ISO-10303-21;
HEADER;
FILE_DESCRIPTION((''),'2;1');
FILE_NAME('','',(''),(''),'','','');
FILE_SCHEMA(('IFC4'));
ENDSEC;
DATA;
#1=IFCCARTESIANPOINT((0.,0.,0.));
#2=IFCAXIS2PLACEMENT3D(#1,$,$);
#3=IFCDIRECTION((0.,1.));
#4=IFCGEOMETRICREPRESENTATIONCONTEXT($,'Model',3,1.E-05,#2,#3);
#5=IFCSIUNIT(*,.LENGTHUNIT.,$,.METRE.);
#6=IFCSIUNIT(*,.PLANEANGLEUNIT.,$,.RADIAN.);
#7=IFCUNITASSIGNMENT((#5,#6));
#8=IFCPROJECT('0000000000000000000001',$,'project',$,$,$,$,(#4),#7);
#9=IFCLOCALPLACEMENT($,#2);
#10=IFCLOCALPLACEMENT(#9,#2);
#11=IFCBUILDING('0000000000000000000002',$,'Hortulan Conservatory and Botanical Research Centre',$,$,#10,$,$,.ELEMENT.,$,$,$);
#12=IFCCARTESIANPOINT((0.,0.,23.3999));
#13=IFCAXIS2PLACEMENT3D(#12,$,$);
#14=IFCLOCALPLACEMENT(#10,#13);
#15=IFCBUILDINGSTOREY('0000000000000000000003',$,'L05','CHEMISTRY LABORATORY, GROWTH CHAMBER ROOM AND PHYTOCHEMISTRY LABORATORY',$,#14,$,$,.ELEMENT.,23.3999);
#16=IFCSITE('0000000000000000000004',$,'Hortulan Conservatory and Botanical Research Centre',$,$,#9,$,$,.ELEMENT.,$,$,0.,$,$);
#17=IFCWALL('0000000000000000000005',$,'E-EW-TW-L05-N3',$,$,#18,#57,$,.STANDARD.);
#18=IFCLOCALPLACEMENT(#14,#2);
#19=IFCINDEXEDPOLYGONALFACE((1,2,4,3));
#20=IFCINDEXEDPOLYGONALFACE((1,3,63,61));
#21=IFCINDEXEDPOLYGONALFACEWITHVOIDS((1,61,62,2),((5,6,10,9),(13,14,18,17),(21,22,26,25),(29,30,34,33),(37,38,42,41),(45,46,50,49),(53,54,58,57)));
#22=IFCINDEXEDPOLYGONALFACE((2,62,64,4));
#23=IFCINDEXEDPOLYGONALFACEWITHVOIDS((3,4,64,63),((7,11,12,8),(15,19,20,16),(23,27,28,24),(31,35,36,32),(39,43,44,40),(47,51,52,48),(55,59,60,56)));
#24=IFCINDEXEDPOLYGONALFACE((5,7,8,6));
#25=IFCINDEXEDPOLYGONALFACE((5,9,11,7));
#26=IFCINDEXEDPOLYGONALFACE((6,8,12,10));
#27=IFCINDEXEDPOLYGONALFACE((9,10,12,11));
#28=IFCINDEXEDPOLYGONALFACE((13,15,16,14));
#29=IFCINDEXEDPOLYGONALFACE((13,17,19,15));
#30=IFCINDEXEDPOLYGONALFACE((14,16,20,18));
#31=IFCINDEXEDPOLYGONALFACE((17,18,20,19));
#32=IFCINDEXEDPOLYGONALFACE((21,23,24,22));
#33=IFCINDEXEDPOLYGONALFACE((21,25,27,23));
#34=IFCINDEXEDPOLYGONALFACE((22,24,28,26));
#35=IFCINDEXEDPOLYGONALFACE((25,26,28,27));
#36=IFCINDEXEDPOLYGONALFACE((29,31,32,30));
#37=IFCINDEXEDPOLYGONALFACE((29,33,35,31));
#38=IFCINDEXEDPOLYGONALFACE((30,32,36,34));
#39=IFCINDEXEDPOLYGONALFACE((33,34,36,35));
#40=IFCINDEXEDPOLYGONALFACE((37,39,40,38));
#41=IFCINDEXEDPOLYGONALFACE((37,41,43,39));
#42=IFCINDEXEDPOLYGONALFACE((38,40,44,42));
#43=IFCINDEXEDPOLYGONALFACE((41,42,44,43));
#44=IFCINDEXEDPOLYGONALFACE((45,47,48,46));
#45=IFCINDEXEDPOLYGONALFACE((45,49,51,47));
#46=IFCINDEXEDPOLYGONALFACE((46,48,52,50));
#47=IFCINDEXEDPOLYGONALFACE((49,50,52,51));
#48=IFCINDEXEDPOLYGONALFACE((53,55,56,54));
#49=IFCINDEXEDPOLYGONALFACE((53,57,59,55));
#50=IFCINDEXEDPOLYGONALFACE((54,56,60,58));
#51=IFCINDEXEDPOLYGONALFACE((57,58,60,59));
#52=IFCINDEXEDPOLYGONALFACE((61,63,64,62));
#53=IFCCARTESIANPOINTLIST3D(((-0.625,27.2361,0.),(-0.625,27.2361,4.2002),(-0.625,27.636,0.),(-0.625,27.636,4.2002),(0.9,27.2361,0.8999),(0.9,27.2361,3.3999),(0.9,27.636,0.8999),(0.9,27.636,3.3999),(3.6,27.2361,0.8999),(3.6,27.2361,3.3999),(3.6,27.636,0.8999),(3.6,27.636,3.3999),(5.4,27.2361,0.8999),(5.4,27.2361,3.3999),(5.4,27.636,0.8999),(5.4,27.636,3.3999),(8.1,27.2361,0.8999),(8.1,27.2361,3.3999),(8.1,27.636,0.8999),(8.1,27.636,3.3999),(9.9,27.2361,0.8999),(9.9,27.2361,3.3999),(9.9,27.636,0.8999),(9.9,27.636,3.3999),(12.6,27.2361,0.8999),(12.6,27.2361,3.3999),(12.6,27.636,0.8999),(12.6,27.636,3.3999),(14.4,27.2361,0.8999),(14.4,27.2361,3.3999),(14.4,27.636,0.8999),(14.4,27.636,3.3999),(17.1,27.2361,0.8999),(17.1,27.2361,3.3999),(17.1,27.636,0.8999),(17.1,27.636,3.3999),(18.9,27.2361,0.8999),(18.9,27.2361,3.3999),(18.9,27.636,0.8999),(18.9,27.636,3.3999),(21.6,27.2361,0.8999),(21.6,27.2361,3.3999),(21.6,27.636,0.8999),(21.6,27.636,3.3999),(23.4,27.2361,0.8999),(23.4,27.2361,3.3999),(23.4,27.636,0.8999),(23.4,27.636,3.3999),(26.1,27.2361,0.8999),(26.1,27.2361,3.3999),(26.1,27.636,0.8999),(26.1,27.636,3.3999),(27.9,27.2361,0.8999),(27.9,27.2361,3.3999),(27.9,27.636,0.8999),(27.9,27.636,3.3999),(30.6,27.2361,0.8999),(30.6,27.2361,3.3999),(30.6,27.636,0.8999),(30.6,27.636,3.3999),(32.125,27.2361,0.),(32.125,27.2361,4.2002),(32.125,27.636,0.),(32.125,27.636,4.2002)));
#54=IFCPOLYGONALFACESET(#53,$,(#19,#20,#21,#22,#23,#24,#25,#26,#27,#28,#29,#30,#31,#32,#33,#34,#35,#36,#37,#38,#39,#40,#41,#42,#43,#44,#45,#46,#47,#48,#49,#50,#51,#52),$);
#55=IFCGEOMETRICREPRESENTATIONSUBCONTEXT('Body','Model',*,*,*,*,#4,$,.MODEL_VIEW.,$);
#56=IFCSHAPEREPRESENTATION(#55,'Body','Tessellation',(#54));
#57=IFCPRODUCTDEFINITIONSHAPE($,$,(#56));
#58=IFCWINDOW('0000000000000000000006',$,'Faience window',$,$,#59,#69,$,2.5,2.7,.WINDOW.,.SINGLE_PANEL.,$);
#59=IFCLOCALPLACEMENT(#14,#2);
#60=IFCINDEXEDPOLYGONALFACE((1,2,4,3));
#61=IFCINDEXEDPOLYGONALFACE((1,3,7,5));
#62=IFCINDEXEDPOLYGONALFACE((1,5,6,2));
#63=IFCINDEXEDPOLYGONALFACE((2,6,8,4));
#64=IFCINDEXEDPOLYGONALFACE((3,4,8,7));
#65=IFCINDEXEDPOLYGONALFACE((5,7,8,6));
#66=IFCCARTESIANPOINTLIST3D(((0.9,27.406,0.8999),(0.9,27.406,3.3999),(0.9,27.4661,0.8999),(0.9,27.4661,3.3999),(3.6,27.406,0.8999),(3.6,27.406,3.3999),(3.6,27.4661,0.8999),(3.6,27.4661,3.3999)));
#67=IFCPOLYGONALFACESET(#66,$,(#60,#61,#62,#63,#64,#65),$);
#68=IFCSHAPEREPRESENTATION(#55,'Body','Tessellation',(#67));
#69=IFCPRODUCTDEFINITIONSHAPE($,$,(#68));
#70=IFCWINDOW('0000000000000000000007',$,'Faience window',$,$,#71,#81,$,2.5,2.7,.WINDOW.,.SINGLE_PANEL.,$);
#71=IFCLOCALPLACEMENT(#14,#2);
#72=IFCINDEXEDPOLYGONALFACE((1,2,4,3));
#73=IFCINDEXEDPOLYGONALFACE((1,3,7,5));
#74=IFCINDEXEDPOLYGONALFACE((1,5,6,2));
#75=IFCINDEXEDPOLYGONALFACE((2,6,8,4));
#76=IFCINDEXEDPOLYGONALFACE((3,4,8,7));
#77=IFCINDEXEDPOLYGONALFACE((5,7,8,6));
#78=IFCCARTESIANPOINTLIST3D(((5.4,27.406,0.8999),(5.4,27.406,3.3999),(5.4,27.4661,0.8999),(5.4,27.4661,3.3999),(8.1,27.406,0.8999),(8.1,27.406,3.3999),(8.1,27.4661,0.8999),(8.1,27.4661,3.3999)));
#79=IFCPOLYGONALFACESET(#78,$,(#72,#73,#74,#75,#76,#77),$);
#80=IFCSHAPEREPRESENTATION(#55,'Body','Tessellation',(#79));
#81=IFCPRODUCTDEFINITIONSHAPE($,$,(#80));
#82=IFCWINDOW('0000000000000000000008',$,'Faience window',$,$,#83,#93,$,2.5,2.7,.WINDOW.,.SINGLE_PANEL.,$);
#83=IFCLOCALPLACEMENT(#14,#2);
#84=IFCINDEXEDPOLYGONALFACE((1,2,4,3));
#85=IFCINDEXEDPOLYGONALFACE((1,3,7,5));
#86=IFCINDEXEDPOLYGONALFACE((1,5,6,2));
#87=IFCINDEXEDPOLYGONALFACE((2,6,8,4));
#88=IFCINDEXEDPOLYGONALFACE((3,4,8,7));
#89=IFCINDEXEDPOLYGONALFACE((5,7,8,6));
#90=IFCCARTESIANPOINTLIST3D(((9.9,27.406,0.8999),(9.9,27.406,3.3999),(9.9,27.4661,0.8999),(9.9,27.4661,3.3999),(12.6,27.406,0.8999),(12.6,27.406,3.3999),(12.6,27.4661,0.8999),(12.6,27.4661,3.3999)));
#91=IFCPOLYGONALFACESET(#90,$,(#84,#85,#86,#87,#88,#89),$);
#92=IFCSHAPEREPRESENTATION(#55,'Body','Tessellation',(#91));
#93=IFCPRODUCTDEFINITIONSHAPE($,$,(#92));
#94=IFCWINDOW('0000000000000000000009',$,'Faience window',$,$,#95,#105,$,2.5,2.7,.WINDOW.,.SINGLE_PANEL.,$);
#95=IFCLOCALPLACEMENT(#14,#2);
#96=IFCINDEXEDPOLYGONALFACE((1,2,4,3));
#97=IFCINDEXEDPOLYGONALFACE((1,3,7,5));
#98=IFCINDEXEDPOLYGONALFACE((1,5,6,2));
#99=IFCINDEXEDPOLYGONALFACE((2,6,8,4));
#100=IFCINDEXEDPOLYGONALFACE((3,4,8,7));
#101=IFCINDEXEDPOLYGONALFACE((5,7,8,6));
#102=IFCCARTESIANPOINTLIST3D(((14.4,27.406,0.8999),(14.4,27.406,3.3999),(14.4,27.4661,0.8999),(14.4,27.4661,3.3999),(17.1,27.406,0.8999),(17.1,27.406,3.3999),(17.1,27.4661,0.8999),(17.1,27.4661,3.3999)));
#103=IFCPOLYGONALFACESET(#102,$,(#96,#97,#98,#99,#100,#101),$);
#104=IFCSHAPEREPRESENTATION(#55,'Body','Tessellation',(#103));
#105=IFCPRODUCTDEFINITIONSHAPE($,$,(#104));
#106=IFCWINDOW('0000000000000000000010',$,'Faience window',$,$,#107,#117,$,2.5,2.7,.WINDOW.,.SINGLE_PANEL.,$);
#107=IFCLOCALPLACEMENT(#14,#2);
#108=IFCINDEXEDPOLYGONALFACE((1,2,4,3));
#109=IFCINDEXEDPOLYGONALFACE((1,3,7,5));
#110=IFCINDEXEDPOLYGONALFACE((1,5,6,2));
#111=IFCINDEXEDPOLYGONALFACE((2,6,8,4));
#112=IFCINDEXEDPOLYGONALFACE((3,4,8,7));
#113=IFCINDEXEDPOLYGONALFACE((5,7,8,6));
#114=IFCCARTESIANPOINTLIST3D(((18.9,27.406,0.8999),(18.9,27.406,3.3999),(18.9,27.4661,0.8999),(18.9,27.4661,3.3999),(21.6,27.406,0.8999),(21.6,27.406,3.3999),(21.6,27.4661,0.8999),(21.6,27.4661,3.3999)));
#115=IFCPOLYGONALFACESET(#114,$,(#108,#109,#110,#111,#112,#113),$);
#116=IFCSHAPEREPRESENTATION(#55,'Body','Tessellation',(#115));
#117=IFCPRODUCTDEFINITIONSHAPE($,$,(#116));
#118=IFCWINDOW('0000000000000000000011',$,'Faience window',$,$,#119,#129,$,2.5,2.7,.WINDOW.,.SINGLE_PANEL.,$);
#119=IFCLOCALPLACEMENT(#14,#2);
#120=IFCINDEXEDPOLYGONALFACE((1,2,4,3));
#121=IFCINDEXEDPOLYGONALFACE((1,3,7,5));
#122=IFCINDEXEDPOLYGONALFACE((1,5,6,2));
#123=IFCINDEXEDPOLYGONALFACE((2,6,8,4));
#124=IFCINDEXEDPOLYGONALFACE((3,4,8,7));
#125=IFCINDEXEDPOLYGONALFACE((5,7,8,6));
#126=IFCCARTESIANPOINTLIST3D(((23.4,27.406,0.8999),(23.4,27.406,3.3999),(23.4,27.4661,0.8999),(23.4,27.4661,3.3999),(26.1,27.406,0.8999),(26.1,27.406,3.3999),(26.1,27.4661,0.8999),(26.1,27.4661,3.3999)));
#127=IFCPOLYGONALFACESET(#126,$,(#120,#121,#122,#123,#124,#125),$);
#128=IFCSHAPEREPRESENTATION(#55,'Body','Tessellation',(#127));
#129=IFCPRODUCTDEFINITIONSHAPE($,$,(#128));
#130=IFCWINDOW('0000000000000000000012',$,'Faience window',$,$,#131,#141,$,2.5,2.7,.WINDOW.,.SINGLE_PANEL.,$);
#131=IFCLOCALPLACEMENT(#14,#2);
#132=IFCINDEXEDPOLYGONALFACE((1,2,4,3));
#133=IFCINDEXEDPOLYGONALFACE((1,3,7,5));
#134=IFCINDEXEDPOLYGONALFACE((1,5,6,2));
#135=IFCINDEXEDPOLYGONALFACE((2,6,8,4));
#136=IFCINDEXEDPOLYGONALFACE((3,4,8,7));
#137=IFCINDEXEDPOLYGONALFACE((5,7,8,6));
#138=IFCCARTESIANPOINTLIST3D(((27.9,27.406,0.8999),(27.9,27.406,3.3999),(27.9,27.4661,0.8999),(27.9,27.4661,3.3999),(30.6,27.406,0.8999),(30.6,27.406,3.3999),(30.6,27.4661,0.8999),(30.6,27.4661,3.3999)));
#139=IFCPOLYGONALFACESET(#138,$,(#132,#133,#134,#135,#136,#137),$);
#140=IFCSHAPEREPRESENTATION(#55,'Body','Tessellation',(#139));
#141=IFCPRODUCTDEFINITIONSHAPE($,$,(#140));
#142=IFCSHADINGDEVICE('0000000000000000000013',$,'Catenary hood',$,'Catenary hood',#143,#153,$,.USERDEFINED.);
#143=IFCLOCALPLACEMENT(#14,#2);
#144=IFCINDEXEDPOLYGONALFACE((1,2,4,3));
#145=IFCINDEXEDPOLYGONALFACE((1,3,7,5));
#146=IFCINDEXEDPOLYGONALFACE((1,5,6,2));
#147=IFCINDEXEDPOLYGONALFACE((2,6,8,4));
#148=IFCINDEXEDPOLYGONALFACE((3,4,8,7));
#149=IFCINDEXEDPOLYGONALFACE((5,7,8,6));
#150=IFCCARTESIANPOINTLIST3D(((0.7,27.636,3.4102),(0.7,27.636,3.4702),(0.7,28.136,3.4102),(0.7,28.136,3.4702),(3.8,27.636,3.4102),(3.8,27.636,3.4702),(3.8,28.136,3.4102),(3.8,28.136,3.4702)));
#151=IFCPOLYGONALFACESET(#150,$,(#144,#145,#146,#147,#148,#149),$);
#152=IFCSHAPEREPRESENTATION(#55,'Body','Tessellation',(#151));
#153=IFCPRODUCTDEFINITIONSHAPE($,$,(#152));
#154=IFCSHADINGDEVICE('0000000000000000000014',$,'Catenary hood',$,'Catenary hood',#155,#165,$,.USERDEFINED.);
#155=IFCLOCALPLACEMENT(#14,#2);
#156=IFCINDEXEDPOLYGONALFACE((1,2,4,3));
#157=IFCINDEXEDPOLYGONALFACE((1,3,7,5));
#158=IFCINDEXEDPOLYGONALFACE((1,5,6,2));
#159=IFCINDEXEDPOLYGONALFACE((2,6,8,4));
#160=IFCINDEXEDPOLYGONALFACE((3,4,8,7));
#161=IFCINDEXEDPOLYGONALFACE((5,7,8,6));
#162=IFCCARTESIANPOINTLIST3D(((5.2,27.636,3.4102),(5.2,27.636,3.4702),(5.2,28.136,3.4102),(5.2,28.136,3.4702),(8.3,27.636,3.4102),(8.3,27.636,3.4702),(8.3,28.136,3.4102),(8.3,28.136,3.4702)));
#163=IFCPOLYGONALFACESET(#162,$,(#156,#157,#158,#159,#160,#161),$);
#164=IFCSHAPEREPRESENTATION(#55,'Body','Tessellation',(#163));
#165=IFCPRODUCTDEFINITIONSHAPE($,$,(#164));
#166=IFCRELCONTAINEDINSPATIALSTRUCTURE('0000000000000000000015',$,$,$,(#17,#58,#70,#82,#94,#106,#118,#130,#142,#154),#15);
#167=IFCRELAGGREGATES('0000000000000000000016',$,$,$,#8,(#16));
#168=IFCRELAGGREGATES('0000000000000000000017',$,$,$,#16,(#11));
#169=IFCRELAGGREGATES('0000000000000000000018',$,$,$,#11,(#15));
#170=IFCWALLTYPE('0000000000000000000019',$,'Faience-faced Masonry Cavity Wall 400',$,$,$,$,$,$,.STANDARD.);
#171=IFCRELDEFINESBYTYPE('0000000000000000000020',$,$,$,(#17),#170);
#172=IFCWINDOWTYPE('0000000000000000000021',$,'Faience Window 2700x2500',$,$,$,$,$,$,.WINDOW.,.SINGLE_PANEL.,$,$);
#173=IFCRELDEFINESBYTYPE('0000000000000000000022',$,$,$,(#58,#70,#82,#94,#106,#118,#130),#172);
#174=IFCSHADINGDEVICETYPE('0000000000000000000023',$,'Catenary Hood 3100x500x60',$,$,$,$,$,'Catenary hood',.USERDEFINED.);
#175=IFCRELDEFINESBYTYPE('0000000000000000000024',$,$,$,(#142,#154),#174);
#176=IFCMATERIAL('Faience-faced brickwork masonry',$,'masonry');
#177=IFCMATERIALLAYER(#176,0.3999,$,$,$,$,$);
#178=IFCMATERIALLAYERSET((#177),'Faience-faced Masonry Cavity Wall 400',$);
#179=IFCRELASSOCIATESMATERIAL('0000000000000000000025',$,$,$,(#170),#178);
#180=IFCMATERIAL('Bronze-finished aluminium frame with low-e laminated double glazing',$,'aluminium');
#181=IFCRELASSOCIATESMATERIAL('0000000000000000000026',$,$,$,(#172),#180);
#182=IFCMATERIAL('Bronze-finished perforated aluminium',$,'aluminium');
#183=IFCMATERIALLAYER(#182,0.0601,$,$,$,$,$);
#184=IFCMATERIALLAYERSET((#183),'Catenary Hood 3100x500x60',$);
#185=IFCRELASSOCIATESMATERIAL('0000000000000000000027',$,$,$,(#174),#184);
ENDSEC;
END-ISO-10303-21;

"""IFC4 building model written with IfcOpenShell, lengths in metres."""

from ifc_helpers import new_model, si_unit, direction, frame, frame_2d, origin, origin_2d, place, context, subcontext, project, spatial, rectangle, extrude, material, layer, layer_set, type_object, element, fill, save


model = new_model("IFC4")

# Units and contexts
model_context = context("Model", 3, precision=1e-05, world=origin(), true_north=direction((0.0, 1.0)))
body_context = subcontext(model_context, "Body", "Model", "MODEL_VIEW")
ifc_project = project(units=[si_unit("LENGTHUNIT", "METRE"), si_unit("PLANEANGLEUNIT", "RADIAN")], contexts=[model_context])

# Site, building, storey
site_placement = place(None, origin())
site = spatial("IfcSite", under=ifc_project, at=site_placement, Name="Hortulan Conservatory and Botanical Research Centre", CompositionType="ELEMENT", RefElevation=0.0)
building_placement = place(site_placement, origin())
building = spatial("IfcBuilding", under=site, at=building_placement, Name="Hortulan Conservatory and Botanical Research Centre", CompositionType="ELEMENT")
storey_placement = place(building_placement, frame((0.0, 0.0, 23.3999)))
storey = spatial("IfcBuildingStorey", under=building, at=storey_placement, Name="L05", Description="CHEMISTRY LABORATORY, GROWTH CHAMBER ROOM AND PHYTOCHEMISTRY LABORATORY", CompositionType="ELEMENT", Elevation=23.3999)

# Wall, openings, windows
ifc_material_1 = material(Name="Faience-faced brickwork masonry", Category="masonry")
ifc_layer_1 = layer(ifc_material_1, 0.3999)
ifc_layer_set_1 = layer_set([ifc_layer_1], Name="Faience-faced Masonry Cavity Wall 400")
wall_type = type_object("IfcWallType", Name="Faience-faced Masonry Cavity Wall 400", PredefinedType="STANDARD", material=ifc_layer_set_1)
wall_placement = place(storey_placement, frame((-0.625, 27.436, 0.0), z_axis=(0.0, 0.0, 1.0), x_axis=(1.0, 0.0, 0.0)))
wall = element("IfcWall", 1, at=wall_placement, inside=storey, type_object=wall_type, Name="E-EW-TW-L05-N3", PredefinedType="STANDARD", context=body_context, shape_type="SweptSolid", body=[
    extrude(rectangle(XDim=32.75, YDim=0.3999, at=frame_2d((16.375, 0.0))), origin(), (0.0, 0.0, 1.0), 4.2002),
])
opening_1_placement = place(wall_placement, frame((1.5249, 0.0, 0.8999)))
opening_1 = element("IfcOpeningElement", 2, at=opening_1_placement, cuts=wall, PredefinedType="OPENING", context=body_context, shape_type="SweptSolid", body=[
    extrude(rectangle(XDim=2.7, YDim=2.5, at=frame_2d((1.3501, 1.25))), frame((0.0, 0.21, 0.0), z_axis=(0.0, -1.0, 0.0), x_axis=(1.0, 0.0, 0.0)), (0.0, 0.0, 1.0), 0.4199),
])
opening_2_placement = place(wall_placement, frame((6.0249, 0.0, 0.8999)))
opening_2 = element("IfcOpeningElement", 3, at=opening_2_placement, cuts=wall, PredefinedType="OPENING", context=body_context, shape_type="SweptSolid", body=[
    extrude(rectangle(XDim=2.7, YDim=2.5, at=frame_2d((1.3501, 1.25))), frame((0.0, 0.21, 0.0), z_axis=(0.0, -1.0, 0.0), x_axis=(1.0, 0.0, 0.0)), (0.0, 0.0, 1.0), 0.4199),
])
opening_3_placement = place(wall_placement, frame((10.5249, 0.0, 0.8999)))
opening_3 = element("IfcOpeningElement", 4, at=opening_3_placement, cuts=wall, PredefinedType="OPENING", context=body_context, shape_type="SweptSolid", body=[
    extrude(rectangle(XDim=2.7, YDim=2.5, at=frame_2d((1.3501, 1.25))), frame((0.0, 0.21, 0.0), z_axis=(0.0, -1.0, 0.0), x_axis=(1.0, 0.0, 0.0)), (0.0, 0.0, 1.0), 0.4199),
])
opening_4_placement = place(wall_placement, frame((15.0249, 0.0, 0.8999)))
opening_4 = element("IfcOpeningElement", 5, at=opening_4_placement, cuts=wall, PredefinedType="OPENING", context=body_context, shape_type="SweptSolid", body=[
    extrude(rectangle(XDim=2.7, YDim=2.5, at=frame_2d((1.3501, 1.25))), frame((0.0, 0.21, 0.0), z_axis=(0.0, -1.0, 0.0), x_axis=(1.0, 0.0, 0.0)), (0.0, 0.0, 1.0), 0.4199),
])
opening_5_placement = place(wall_placement, frame((19.5249, 0.0, 0.8999)))
opening_5 = element("IfcOpeningElement", 6, at=opening_5_placement, cuts=wall, PredefinedType="OPENING", context=body_context, shape_type="SweptSolid", body=[
    extrude(rectangle(XDim=2.7, YDim=2.5, at=frame_2d((1.3501, 1.25))), frame((0.0, 0.21, 0.0), z_axis=(0.0, -1.0, 0.0), x_axis=(1.0, 0.0, 0.0)), (0.0, 0.0, 1.0), 0.4199),
])
opening_6_placement = place(wall_placement, frame((24.0249, 0.0, 0.8999)))
opening_6 = element("IfcOpeningElement", 7, at=opening_6_placement, cuts=wall, PredefinedType="OPENING", context=body_context, shape_type="SweptSolid", body=[
    extrude(rectangle(XDim=2.7, YDim=2.5, at=frame_2d((1.3501, 1.25))), frame((0.0, 0.21, 0.0), z_axis=(0.0, -1.0, 0.0), x_axis=(1.0, 0.0, 0.0)), (0.0, 0.0, 1.0), 0.4199),
])
opening_7_placement = place(wall_placement, frame((28.5249, 0.0, 0.8999)))
opening_7 = element("IfcOpeningElement", 8, at=opening_7_placement, cuts=wall, PredefinedType="OPENING", context=body_context, shape_type="SweptSolid", body=[
    extrude(rectangle(XDim=2.7, YDim=2.5, at=frame_2d((1.3501, 1.25))), frame((0.0, 0.21, 0.0), z_axis=(0.0, -1.0, 0.0), x_axis=(1.0, 0.0, 0.0)), (0.0, 0.0, 1.0), 0.4199),
])
ifc_material_2 = material(Name="Bronze-finished aluminium frame with low-e laminated double glazing", Category="aluminium")
window_type = type_object("IfcWindowType", Name="Faience Window 2700x2500", PartitioningType="SINGLE_PANEL", PredefinedType="WINDOW", material=ifc_material_2)
window_1_placement = place(opening_1_placement, origin())
window_1 = element("IfcWindow", 9, at=window_1_placement, inside=storey, type_object=window_type, Name="Faience window", OverallHeight=2.5, OverallWidth=2.7, PartitioningType="SINGLE_PANEL", PredefinedType="WINDOW", context=body_context, shape_type="SweptSolid", body=[
    extrude(rectangle(XDim=2.7, YDim=2.5, at=frame_2d((1.3501, 1.25))), frame((0.0, 0.03, 0.0), z_axis=(0.0, -1.0, 0.0), x_axis=(1.0, 0.0, 0.0)), (0.0, 0.0, 1.0), 0.0601),
])
fill(opening_1, window_1)
window_2_placement = place(opening_2_placement, origin())
window_2 = element("IfcWindow", 10, at=window_2_placement, inside=storey, type_object=window_type, Name="Faience window", OverallHeight=2.5, OverallWidth=2.7, PartitioningType="SINGLE_PANEL", PredefinedType="WINDOW", context=body_context, shape_type="SweptSolid", body=[
    extrude(rectangle(XDim=2.7, YDim=2.5, at=frame_2d((1.3501, 1.25))), frame((0.0, 0.03, 0.0), z_axis=(0.0, -1.0, 0.0), x_axis=(1.0, 0.0, 0.0)), (0.0, 0.0, 1.0), 0.0601),
])
fill(opening_2, window_2)
window_3_placement = place(opening_3_placement, origin())
window_3 = element("IfcWindow", 11, at=window_3_placement, inside=storey, type_object=window_type, Name="Faience window", OverallHeight=2.5, OverallWidth=2.7, PartitioningType="SINGLE_PANEL", PredefinedType="WINDOW", context=body_context, shape_type="SweptSolid", body=[
    extrude(rectangle(XDim=2.7, YDim=2.5, at=frame_2d((1.3501, 1.25))), frame((0.0, 0.03, 0.0), z_axis=(0.0, -1.0, 0.0), x_axis=(1.0, 0.0, 0.0)), (0.0, 0.0, 1.0), 0.0601),
])
fill(opening_3, window_3)
window_4_placement = place(opening_4_placement, origin())
window_4 = element("IfcWindow", 12, at=window_4_placement, inside=storey, type_object=window_type, Name="Faience window", OverallHeight=2.5, OverallWidth=2.7, PartitioningType="SINGLE_PANEL", PredefinedType="WINDOW", context=body_context, shape_type="SweptSolid", body=[
    extrude(rectangle(XDim=2.7, YDim=2.5, at=frame_2d((1.3501, 1.25))), frame((0.0, 0.03, 0.0), z_axis=(0.0, -1.0, 0.0), x_axis=(1.0, 0.0, 0.0)), (0.0, 0.0, 1.0), 0.0601),
])
fill(opening_4, window_4)
window_5_placement = place(opening_5_placement, origin())
window_5 = element("IfcWindow", 13, at=window_5_placement, inside=storey, type_object=window_type, Name="Faience window", OverallHeight=2.5, OverallWidth=2.7, PartitioningType="SINGLE_PANEL", PredefinedType="WINDOW", context=body_context, shape_type="SweptSolid", body=[
    extrude(rectangle(XDim=2.7, YDim=2.5, at=frame_2d((1.3501, 1.25))), frame((0.0, 0.03, 0.0), z_axis=(0.0, -1.0, 0.0), x_axis=(1.0, 0.0, 0.0)), (0.0, 0.0, 1.0), 0.0601),
])
fill(opening_5, window_5)
window_6_placement = place(opening_6_placement, origin())
window_6 = element("IfcWindow", 14, at=window_6_placement, inside=storey, type_object=window_type, Name="Faience window", OverallHeight=2.5, OverallWidth=2.7, PartitioningType="SINGLE_PANEL", PredefinedType="WINDOW", context=body_context, shape_type="SweptSolid", body=[
    extrude(rectangle(XDim=2.7, YDim=2.5, at=frame_2d((1.3501, 1.25))), frame((0.0, 0.03, 0.0), z_axis=(0.0, -1.0, 0.0), x_axis=(1.0, 0.0, 0.0)), (0.0, 0.0, 1.0), 0.0601),
])
fill(opening_6, window_6)
window_7_placement = place(opening_7_placement, origin())
window_7 = element("IfcWindow", 15, at=window_7_placement, inside=storey, type_object=window_type, Name="Faience window", OverallHeight=2.5, OverallWidth=2.7, PartitioningType="SINGLE_PANEL", PredefinedType="WINDOW", context=body_context, shape_type="SweptSolid", body=[
    extrude(rectangle(XDim=2.7, YDim=2.5, at=frame_2d((1.3501, 1.25))), frame((0.0, 0.03, 0.0), z_axis=(0.0, -1.0, 0.0), x_axis=(1.0, 0.0, 0.0)), (0.0, 0.0, 1.0), 0.0601),
])
fill(opening_7, window_7)

# Shading devices
ifc_material_3 = material(Name="Bronze-finished perforated aluminium", Category="aluminium")
ifc_layer_2 = layer(ifc_material_3, 0.0601)
ifc_layer_set_2 = layer_set([ifc_layer_2], Name="Catenary Hood 3100x500x60")
shading_device_type = type_object("IfcShadingDeviceType", Name="Catenary Hood 3100x500x60", ElementType="Catenary hood", PredefinedType="USERDEFINED", material=ifc_layer_set_2)
for number, where, z_axis, x_axis, name in (
    (16, (2.25, 27.886, 3.4102), (0.0, 0.0, 1.0), (1.0, 0.0, 0.0), "Catenary hood"),
    (17, (6.75, 27.886, 3.4102), (0.0, 0.0, 1.0), (1.0, 0.0, 0.0), "Catenary hood"),
):
    element("IfcShadingDevice", number, at=place(storey_placement, frame(where, z_axis=z_axis, x_axis=x_axis)), inside=storey, type_object=shading_device_type, Name=name, ObjectType="Catenary hood", PredefinedType="USERDEFINED", context=body_context, shape_type="SweptSolid", body=[
        extrude(rectangle(XDim=3.1001, YDim=0.5, at=origin_2d()), origin(), (0.0, 0.0, 1.0), 0.0601),
    ])

save(model, "model.ifc")
